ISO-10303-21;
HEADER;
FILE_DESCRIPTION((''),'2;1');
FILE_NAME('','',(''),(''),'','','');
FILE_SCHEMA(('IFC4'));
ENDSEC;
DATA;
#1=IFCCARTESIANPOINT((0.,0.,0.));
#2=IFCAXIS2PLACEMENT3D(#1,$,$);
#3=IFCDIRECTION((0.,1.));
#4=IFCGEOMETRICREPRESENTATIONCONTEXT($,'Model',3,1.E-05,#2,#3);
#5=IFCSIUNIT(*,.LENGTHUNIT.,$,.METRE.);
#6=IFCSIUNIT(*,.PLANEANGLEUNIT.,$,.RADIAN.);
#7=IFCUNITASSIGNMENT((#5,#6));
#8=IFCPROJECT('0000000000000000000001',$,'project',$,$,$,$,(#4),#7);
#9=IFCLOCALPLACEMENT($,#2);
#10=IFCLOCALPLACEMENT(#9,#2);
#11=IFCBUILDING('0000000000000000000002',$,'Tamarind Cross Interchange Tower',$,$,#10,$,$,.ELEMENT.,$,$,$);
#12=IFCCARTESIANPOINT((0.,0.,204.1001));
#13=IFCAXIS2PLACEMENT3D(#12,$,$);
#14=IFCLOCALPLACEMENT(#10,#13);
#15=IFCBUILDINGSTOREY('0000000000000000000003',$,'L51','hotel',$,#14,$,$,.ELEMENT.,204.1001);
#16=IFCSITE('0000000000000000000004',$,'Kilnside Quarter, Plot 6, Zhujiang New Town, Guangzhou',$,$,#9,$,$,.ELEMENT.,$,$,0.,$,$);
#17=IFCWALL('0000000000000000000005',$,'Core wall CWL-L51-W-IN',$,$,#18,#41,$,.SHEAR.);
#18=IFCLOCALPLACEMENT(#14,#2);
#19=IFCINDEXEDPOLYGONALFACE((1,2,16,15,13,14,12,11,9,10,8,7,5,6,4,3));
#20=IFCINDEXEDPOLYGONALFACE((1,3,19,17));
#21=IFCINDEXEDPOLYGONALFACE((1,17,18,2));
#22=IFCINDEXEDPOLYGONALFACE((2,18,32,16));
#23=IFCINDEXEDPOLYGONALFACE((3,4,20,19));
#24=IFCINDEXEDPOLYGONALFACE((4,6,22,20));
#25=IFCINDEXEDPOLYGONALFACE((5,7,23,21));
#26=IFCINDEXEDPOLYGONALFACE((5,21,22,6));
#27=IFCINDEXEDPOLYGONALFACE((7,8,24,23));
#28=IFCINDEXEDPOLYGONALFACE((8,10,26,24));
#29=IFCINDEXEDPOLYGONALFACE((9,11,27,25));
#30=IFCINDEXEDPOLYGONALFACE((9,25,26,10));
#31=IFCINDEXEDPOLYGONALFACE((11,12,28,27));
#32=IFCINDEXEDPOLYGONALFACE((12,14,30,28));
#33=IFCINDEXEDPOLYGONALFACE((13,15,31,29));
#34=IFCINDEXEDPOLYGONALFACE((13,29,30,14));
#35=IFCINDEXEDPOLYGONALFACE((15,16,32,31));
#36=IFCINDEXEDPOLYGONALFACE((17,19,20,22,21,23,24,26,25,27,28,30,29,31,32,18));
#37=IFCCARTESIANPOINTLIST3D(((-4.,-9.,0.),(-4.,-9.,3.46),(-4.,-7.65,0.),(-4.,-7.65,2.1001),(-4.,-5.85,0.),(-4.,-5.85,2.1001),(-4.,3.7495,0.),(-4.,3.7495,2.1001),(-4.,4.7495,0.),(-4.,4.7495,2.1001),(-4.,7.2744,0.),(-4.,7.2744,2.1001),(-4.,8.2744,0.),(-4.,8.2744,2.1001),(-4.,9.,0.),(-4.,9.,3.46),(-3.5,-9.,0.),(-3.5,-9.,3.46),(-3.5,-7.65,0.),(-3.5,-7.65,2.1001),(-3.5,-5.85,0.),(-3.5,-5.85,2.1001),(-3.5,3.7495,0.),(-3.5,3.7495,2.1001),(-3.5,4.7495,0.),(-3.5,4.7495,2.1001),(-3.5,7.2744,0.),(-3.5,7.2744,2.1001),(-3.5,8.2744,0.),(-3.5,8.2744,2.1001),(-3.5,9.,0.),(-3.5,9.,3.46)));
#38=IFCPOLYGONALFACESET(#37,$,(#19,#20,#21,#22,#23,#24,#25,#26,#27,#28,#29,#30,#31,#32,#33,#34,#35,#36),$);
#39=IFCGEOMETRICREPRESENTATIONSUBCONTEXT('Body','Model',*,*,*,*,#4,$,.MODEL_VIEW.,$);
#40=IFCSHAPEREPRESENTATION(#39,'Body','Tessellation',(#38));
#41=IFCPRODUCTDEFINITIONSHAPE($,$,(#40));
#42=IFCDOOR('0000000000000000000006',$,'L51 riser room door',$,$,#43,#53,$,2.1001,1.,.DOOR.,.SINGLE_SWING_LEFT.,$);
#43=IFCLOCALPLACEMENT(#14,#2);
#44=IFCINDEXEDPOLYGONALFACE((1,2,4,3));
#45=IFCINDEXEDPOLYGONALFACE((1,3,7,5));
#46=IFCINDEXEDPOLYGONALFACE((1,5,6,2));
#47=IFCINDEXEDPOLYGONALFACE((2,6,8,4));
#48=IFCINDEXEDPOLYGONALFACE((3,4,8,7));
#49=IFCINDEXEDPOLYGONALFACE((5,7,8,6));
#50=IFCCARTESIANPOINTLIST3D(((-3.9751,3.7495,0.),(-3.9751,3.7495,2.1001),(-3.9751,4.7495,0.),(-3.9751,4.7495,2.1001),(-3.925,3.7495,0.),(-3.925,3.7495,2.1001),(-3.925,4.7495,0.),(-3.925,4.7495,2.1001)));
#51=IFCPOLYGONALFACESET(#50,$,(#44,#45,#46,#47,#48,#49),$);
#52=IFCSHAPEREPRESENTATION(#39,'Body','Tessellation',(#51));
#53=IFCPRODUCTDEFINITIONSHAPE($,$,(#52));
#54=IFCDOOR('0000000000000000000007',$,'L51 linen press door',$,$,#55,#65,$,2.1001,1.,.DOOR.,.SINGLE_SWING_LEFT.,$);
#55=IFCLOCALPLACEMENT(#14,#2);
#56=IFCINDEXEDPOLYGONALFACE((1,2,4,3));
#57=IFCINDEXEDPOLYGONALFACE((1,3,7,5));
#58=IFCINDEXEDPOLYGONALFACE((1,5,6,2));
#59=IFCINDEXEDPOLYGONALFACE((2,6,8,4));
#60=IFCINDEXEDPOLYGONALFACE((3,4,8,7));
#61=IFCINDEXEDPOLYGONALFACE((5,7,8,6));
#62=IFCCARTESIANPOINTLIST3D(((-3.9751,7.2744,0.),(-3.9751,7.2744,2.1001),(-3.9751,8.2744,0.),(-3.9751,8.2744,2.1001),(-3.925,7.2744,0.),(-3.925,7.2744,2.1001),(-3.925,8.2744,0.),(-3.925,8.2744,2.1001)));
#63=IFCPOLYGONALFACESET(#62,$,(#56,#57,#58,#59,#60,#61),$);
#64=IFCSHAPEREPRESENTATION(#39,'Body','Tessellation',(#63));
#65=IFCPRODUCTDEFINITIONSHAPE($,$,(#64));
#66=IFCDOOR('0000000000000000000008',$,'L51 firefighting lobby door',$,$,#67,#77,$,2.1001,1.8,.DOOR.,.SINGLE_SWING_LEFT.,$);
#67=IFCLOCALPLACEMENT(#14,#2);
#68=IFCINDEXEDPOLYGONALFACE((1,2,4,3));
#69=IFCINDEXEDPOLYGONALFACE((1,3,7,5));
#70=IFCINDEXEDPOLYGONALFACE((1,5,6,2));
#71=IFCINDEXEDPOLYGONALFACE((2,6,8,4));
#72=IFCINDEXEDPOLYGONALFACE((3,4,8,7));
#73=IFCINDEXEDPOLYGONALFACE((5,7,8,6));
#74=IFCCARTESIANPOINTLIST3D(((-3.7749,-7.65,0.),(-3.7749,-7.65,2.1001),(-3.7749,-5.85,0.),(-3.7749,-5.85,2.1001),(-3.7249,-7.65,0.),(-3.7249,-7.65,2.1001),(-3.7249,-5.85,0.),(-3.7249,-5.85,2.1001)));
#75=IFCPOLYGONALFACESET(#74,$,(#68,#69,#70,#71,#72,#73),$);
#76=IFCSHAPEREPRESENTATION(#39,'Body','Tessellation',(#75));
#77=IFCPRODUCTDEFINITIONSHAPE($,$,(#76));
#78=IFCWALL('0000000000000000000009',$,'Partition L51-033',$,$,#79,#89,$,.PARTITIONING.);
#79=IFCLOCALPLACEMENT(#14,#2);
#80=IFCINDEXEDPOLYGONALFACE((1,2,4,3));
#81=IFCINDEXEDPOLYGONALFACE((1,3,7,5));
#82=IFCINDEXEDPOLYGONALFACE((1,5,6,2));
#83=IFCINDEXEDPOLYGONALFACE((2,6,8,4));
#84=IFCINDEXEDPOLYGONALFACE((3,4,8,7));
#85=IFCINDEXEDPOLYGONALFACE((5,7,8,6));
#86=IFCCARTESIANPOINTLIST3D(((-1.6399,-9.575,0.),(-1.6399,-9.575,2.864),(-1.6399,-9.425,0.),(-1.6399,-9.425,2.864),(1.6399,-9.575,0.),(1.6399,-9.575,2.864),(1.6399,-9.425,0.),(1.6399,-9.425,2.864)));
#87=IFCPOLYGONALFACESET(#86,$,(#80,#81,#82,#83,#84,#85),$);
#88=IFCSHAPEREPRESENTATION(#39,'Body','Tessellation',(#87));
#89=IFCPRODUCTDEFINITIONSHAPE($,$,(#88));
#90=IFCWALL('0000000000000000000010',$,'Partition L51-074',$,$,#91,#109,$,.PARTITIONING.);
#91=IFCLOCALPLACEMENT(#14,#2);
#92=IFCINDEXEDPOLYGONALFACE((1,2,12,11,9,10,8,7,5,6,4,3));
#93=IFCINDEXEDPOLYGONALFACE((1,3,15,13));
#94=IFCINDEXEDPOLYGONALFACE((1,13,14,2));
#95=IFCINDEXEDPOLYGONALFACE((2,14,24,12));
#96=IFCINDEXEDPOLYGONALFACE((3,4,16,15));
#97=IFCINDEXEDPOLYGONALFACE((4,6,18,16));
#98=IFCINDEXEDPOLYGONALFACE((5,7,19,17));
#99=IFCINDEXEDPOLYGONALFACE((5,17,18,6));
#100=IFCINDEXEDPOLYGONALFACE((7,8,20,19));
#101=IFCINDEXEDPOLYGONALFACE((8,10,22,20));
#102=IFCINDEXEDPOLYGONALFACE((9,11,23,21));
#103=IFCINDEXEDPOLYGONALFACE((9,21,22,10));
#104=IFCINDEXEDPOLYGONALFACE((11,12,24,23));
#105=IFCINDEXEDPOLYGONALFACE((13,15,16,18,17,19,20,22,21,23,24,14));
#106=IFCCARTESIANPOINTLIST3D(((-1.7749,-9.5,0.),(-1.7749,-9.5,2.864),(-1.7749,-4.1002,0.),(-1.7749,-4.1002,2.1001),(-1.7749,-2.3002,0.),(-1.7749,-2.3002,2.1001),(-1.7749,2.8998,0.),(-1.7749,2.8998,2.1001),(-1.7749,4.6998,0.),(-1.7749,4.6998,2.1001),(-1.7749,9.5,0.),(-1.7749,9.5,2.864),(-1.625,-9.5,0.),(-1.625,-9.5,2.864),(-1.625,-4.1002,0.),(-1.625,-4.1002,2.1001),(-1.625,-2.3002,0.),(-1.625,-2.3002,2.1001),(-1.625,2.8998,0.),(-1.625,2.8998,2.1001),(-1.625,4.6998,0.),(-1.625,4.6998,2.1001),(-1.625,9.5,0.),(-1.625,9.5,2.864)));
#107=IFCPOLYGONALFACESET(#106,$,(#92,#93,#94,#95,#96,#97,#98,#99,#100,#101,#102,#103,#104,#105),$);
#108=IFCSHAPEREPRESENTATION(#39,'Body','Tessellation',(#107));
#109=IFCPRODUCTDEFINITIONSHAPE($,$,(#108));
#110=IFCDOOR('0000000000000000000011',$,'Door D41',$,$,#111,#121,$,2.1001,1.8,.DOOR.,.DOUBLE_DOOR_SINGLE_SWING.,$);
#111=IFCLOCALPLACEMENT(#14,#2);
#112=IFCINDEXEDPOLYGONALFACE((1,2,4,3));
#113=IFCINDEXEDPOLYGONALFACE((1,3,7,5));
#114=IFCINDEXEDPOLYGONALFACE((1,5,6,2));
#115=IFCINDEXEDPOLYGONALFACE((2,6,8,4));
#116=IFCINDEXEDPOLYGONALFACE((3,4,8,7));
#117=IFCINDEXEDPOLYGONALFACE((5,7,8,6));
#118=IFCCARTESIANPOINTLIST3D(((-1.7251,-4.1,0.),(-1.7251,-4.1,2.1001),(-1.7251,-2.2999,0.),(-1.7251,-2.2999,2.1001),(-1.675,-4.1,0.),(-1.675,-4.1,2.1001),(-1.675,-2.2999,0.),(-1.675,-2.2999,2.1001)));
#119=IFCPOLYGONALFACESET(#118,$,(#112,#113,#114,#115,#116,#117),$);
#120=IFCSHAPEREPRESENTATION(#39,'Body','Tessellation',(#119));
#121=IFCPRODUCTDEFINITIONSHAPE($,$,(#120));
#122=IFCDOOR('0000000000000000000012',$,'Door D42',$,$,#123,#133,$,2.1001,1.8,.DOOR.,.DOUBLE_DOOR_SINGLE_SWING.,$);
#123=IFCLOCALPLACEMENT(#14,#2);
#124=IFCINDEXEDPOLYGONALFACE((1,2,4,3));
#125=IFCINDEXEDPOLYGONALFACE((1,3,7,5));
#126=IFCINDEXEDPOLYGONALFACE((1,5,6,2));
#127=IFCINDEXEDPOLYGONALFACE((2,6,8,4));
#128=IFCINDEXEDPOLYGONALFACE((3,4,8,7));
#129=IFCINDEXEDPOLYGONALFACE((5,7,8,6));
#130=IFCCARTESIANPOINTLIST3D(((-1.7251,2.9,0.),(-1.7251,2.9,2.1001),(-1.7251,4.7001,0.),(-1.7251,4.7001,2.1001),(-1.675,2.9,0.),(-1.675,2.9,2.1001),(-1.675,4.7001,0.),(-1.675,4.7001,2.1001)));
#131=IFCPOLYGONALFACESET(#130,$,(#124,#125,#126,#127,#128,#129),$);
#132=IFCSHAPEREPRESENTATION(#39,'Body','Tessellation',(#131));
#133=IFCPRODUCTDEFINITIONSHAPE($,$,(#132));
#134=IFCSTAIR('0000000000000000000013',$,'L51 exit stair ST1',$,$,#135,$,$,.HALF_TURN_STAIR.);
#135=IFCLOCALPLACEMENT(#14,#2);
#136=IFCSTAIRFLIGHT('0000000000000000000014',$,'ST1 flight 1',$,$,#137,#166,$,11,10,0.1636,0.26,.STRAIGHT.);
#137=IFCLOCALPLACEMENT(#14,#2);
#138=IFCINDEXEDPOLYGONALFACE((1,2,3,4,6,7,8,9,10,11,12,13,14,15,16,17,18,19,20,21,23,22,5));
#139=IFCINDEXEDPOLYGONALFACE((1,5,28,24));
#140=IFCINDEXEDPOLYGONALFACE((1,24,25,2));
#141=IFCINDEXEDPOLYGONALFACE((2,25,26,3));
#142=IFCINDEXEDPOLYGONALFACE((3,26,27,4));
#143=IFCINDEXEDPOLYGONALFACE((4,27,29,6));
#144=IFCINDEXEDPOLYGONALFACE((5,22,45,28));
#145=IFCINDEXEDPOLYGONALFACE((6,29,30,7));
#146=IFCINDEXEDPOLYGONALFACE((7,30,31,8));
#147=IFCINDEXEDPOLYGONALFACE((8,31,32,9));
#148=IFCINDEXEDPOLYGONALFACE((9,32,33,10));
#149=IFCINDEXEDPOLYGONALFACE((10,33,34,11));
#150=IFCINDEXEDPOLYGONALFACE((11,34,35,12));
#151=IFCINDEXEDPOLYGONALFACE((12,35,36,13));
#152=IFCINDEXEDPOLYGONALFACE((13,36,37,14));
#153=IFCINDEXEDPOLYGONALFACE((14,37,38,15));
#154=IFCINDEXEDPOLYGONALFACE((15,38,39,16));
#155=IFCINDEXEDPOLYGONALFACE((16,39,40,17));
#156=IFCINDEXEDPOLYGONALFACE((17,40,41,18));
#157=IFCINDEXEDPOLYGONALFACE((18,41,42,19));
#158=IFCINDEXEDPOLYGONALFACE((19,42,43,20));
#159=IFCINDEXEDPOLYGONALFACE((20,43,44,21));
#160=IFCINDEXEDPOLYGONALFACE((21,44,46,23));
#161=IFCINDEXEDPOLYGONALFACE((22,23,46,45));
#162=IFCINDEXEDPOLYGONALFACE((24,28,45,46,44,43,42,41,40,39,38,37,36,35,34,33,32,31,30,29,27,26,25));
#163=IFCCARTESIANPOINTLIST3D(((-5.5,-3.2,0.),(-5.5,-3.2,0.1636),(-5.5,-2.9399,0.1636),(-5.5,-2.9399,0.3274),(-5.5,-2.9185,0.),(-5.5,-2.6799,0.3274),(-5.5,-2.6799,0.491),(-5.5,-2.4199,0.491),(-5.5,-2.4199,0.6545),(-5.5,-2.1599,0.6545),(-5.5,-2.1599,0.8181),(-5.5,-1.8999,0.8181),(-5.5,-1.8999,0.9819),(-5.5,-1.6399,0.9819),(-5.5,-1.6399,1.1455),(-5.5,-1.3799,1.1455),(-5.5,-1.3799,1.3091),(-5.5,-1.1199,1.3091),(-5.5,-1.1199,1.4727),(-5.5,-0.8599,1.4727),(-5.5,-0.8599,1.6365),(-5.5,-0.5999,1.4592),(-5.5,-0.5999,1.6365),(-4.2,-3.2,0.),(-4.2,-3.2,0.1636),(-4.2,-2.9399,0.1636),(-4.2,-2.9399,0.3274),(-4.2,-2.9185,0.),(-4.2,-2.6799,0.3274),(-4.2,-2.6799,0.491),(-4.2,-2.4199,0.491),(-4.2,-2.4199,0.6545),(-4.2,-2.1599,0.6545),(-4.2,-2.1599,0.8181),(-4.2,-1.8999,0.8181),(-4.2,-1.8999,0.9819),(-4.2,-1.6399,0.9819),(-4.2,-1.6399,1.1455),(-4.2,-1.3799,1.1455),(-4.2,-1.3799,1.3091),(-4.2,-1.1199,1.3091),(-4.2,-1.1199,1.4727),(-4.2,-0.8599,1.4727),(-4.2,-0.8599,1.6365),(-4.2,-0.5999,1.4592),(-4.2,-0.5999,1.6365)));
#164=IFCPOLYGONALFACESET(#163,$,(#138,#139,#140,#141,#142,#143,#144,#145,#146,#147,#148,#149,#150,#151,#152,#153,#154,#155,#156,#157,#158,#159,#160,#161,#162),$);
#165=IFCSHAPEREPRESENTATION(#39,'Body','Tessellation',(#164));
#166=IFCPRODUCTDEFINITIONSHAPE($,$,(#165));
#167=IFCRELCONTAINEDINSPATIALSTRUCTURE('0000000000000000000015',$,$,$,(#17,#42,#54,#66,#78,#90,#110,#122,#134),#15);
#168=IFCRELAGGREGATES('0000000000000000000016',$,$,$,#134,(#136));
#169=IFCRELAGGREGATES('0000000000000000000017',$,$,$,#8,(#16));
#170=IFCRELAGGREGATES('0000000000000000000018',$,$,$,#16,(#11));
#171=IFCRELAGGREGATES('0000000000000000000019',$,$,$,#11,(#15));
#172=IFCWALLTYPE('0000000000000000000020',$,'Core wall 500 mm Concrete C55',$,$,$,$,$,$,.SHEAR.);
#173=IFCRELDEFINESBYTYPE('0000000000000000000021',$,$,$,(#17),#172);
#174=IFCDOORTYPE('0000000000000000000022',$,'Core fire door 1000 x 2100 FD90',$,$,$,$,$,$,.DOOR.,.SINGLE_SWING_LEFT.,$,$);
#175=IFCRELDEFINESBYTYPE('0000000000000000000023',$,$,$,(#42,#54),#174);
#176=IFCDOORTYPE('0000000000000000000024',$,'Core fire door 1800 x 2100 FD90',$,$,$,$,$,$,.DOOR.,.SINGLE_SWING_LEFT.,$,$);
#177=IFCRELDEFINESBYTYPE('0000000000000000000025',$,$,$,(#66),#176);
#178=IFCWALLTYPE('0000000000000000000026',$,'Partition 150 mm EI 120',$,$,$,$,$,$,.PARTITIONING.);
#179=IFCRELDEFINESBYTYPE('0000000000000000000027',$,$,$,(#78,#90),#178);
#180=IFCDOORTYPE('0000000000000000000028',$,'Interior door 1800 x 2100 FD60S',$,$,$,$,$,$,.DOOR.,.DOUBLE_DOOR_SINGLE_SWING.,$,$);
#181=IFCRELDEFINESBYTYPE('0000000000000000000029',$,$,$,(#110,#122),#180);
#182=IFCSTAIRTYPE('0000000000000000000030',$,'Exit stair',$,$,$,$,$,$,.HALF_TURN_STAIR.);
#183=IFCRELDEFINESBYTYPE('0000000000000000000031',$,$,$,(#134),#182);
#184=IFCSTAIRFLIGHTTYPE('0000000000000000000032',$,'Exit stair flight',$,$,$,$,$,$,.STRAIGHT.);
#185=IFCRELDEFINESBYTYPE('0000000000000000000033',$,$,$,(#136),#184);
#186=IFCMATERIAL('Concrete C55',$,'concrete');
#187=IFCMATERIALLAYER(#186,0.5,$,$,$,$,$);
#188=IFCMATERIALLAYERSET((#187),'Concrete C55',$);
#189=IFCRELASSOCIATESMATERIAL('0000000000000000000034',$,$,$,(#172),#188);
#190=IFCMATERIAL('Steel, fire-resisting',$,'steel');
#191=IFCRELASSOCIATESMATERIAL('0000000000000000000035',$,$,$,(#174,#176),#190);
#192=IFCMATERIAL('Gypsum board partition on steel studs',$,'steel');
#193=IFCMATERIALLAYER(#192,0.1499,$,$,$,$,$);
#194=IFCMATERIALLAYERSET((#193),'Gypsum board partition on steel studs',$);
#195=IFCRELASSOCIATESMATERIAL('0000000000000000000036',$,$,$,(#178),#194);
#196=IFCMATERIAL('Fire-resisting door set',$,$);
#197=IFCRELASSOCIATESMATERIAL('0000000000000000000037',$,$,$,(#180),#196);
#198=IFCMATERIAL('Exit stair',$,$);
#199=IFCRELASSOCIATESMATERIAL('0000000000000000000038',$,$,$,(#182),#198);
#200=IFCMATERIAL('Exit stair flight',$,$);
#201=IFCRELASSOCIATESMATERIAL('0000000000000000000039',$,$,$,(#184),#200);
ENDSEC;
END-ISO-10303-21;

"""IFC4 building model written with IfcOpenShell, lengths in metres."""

from ifc_helpers import new_model, si_unit, direction, frame, frame_2d, origin, place, context, subcontext, project, spatial, polyline, rectangle, outline, extrude, material, layer, layer_set, type_object, element, fill, aggregate, save


model = new_model("IFC4")

# Units and contexts
model_context = context("Model", 3, precision=1e-05, world=origin(), true_north=direction((0.0, 1.0)))
body_context = subcontext(model_context, "Body", "Model", "MODEL_VIEW")
ifc_project = project(units=[si_unit("LENGTHUNIT", "METRE"), si_unit("PLANEANGLEUNIT", "RADIAN")], contexts=[model_context])

# Site, building, storey
site_placement = place(None, origin())
site = spatial("IfcSite", under=ifc_project, at=site_placement, Name="Kilnside Quarter, Plot 6, Zhujiang New Town, Guangzhou", CompositionType="ELEMENT", RefElevation=0.0)
building_placement = place(site_placement, origin())
building = spatial("IfcBuilding", under=site, at=building_placement, Name="Tamarind Cross Interchange Tower", CompositionType="ELEMENT")
storey_placement = place(building_placement, frame((0.0, 0.0, 204.1001)))
storey = spatial("IfcBuildingStorey", under=building, at=storey_placement, Name="L51", Description="hotel", CompositionType="ELEMENT", Elevation=204.1001)

# Wall, openings, doors
ifc_material_1 = material(Name="Concrete C55", Category="concrete")
ifc_layer_1 = layer(ifc_material_1, 0.5)
ifc_layer_set_1 = layer_set([ifc_layer_1], Name="Concrete C55")
wall_type_1 = type_object("IfcWallType", Name="Core wall 500 mm Concrete C55", PredefinedType="SHEAR", material=ifc_layer_set_1)
wall_1_placement = place(storey_placement, frame((-3.75, -9.0, 0.0), z_axis=(0.0, 0.0, 1.0), x_axis=(0.0, 1.0, 0.0)))
wall_1 = element("IfcWall", 1, at=wall_1_placement, inside=storey, type_object=wall_type_1, Name="Core wall CWL-L51-W-IN", PredefinedType="SHEAR", context=body_context, shape_type="SweptSolid", body=[
    extrude(rectangle(XDim=18.0, YDim=0.5, at=frame_2d((9.0, 0.0))), origin(), (0.0, 0.0, 1.0), 3.46),
])
opening_1_placement = place(wall_1_placement, frame((1.3501, 0.0, 0.0)))
opening_1 = element("IfcOpeningElement", 2, at=opening_1_placement, cuts=wall_1, PredefinedType="OPENING", context=body_context, shape_type="SweptSolid", body=[
    extrude(rectangle(XDim=1.8, YDim=2.1001, at=frame_2d((0.8999, 1.05))), frame((0.0, 0.26, 0.0), z_axis=(0.0, -1.0, 0.0), x_axis=(1.0, 0.0, 0.0)), (0.0, 0.0, 1.0), 0.52),
])
opening_2_placement = place(wall_1_placement, frame((12.7495, 0.0, 0.0)))
opening_2 = element("IfcOpeningElement", 3, at=opening_2_placement, cuts=wall_1, PredefinedType="OPENING", context=body_context, shape_type="SweptSolid", body=[
    extrude(rectangle(XDim=1.0, YDim=2.1001, at=frame_2d((0.5, 1.05))), frame((0.0, 0.26, 0.0), z_axis=(0.0, -1.0, 0.0), x_axis=(1.0, 0.0, 0.0)), (0.0, 0.0, 1.0), 0.52),
])
opening_3_placement = place(wall_1_placement, frame((16.2744, 0.0, 0.0)))
opening_3 = element("IfcOpeningElement", 4, at=opening_3_placement, cuts=wall_1, PredefinedType="OPENING", context=body_context, shape_type="SweptSolid", body=[
    extrude(rectangle(XDim=1.0, YDim=2.1001, at=frame_2d((0.5, 1.05))), frame((0.0, 0.26, 0.0), z_axis=(0.0, -1.0, 0.0), x_axis=(1.0, 0.0, 0.0)), (0.0, 0.0, 1.0), 0.52),
])
ifc_material_2 = material(Name="Steel, fire-resisting", Category="steel")
door_type_1 = type_object("IfcDoorType", Name="Core fire door 1000 x 2100 FD90", OperationType="SINGLE_SWING_LEFT", PredefinedType="DOOR", material=ifc_material_2)
door_1_placement = place(opening_2_placement, origin())
door_1 = element("IfcDoor", 5, at=door_1_placement, inside=storey, type_object=door_type_1, Name="L51 riser room door", OperationType="SINGLE_SWING_LEFT", OverallHeight=2.1001, OverallWidth=1.0, PredefinedType="DOOR", context=body_context, shape_type="SweptSolid", body=[
    extrude(rectangle(XDim=1.0, YDim=2.1001, at=frame_2d((0.5, 1.05))), frame((0.0, 0.2251, 0.0), z_axis=(0.0, -1.0, 0.0), x_axis=(1.0, 0.0, 0.0)), (0.0, 0.0, 1.0), 0.05),
])
fill(opening_2, door_1)
door_2_placement = place(opening_3_placement, origin())
door_2 = element("IfcDoor", 6, at=door_2_placement, inside=storey, type_object=door_type_1, Name="L51 linen press door", OperationType="SINGLE_SWING_LEFT", OverallHeight=2.1001, OverallWidth=1.0, PredefinedType="DOOR", context=body_context, shape_type="SweptSolid", body=[
    extrude(rectangle(XDim=1.0, YDim=2.1001, at=frame_2d((0.5, 1.05))), frame((0.0, 0.2251, 0.0), z_axis=(0.0, -1.0, 0.0), x_axis=(1.0, 0.0, 0.0)), (0.0, 0.0, 1.0), 0.05),
])
fill(opening_3, door_2)
door_type_2 = type_object("IfcDoorType", Name="Core fire door 1800 x 2100 FD90", OperationType="SINGLE_SWING_LEFT", PredefinedType="DOOR", material=ifc_material_2)
door_3_placement = place(opening_1_placement, origin())
door_3 = element("IfcDoor", 7, at=door_3_placement, inside=storey, type_object=door_type_2, Name="L51 firefighting lobby door", OperationType="SINGLE_SWING_LEFT", OverallHeight=2.1001, OverallWidth=1.8, PredefinedType="DOOR", context=body_context, shape_type="SweptSolid", body=[
    extrude(rectangle(XDim=1.8, YDim=2.1001, at=frame_2d((0.8999, 1.05))), frame((0.0, 0.0249, 0.0), z_axis=(0.0, -1.0, 0.0), x_axis=(1.0, 0.0, 0.0)), (0.0, 0.0, 1.0), 0.05),
])
fill(opening_1, door_3)

# Wall
ifc_material_3 = material(Name="Gypsum board partition on steel studs", Category="steel")
ifc_layer_2 = layer(ifc_material_3, 0.1499)
ifc_layer_set_2 = layer_set([ifc_layer_2], Name="Gypsum board partition on steel studs")
wall_type_2 = type_object("IfcWallType", Name="Partition 150 mm EI 120", PredefinedType="PARTITIONING", material=ifc_layer_set_2)
wall_2_placement = place(storey_placement, frame((-1.6399, -9.5, 0.0), z_axis=(0.0, 0.0, 1.0), x_axis=(1.0, 0.0, 0.0)))
element("IfcWall", 8, at=wall_2_placement, inside=storey, type_object=wall_type_2, Name="Partition L51-033", PredefinedType="PARTITIONING", context=body_context, shape_type="SweptSolid", body=[
    extrude(rectangle(XDim=3.2798, YDim=0.1499, at=frame_2d((1.6399, 0.0))), origin(), (0.0, 0.0, 1.0), 2.864),
])

# Wall, openings, doors
wall_3_placement = place(storey_placement, frame((-1.7, -9.5, 0.0), z_axis=(0.0, 0.0, 1.0), x_axis=(0.0, 1.0, 0.0)))
wall_3 = element("IfcWall", 9, at=wall_3_placement, inside=storey, type_object=wall_type_2, Name="Partition L51-074", PredefinedType="PARTITIONING", context=body_context, shape_type="SweptSolid", body=[
    extrude(rectangle(XDim=19.0, YDim=0.1499, at=frame_2d((9.5, 0.0))), origin(), (0.0, 0.0, 1.0), 2.864),
])
opening_4_placement = place(wall_3_placement, frame((5.3999, 0.0, 0.0)))
opening_4 = element("IfcOpeningElement", 10, at=opening_4_placement, cuts=wall_3, PredefinedType="OPENING", context=body_context, shape_type="SweptSolid", body=[
    extrude(rectangle(XDim=1.8, YDim=2.1001, at=frame_2d((0.8999, 1.05))), frame((0.0, 0.085, 0.0), z_axis=(0.0, -1.0, 0.0), x_axis=(1.0, 0.0, 0.0)), (0.0, 0.0, 1.0), 0.1699),
])
opening_5_placement = place(wall_3_placement, frame((12.3999, 0.0, 0.0)))
opening_5 = element("IfcOpeningElement", 11, at=opening_5_placement, cuts=wall_3, PredefinedType="OPENING", context=body_context, shape_type="SweptSolid", body=[
    extrude(rectangle(XDim=1.8, YDim=2.1001, at=frame_2d((0.8999, 1.05))), frame((0.0, 0.085, 0.0), z_axis=(0.0, -1.0, 0.0), x_axis=(1.0, 0.0, 0.0)), (0.0, 0.0, 1.0), 0.1699),
])
ifc_material_4 = material(Name="Fire-resisting door set")
door_type_3 = type_object("IfcDoorType", Name="Interior door 1800 x 2100 FD60S", OperationType="DOUBLE_DOOR_SINGLE_SWING", PredefinedType="DOOR", material=ifc_material_4)
door_4_placement = place(opening_4_placement, frame((1.8, 0.0, 0.0), z_axis=(0.0, 0.0, 1.0), x_axis=(-1.0, 0.0, 0.0)))
door_4 = element("IfcDoor", 12, at=door_4_placement, inside=storey, type_object=door_type_3, Name="Door D41", OperationType="DOUBLE_DOOR_SINGLE_SWING", OverallHeight=2.1001, OverallWidth=1.8, PredefinedType="DOOR", context=body_context, shape_type="SweptSolid", body=[
    extrude(rectangle(XDim=1.8, YDim=2.1001, at=frame_2d((0.8999, 1.05))), frame((0.0, 0.0249, 0.0), z_axis=(0.0, -1.0, 0.0), x_axis=(1.0, 0.0, 0.0)), (0.0, 0.0, 1.0), 0.05),
])
fill(opening_4, door_4)
door_5_placement = place(opening_5_placement, frame((1.8, 0.0, 0.0), z_axis=(0.0, 0.0, 1.0), x_axis=(-1.0, 0.0, 0.0)))
door_5 = element("IfcDoor", 13, at=door_5_placement, inside=storey, type_object=door_type_3, Name="Door D42", OperationType="DOUBLE_DOOR_SINGLE_SWING", OverallHeight=2.1001, OverallWidth=1.8, PredefinedType="DOOR", context=body_context, shape_type="SweptSolid", body=[
    extrude(rectangle(XDim=1.8, YDim=2.1001, at=frame_2d((0.8999, 1.05))), frame((0.0, 0.0249, 0.0), z_axis=(0.0, -1.0, 0.0), x_axis=(1.0, 0.0, 0.0)), (0.0, 0.0, 1.0), 0.05),
])
fill(opening_5, door_5)

# Stair, stair flight
ifc_material_5 = material(Name="Exit stair")
stair_type = type_object("IfcStairType", Name="Exit stair", PredefinedType="HALF_TURN_STAIR", material=ifc_material_5)
stair_placement = place(storey_placement, origin())
stair = element("IfcStair", 14, at=stair_placement, inside=storey, type_object=stair_type, Name="L51 exit stair ST1", PredefinedType="HALF_TURN_STAIR")
ifc_material_6 = material(Name="Exit stair flight")
stair_flight_type = type_object("IfcStairFlightType", Name="Exit stair flight", PredefinedType="STRAIGHT", material=ifc_material_6)
stair_flight_1_placement = place(storey_placement, frame((-4.8501, -3.2, 0.0), z_axis=(0.0, 0.0, 1.0), x_axis=(0.0, 1.0, 0.0)))
stair_flight_1 = element("IfcStairFlight", 15, at=stair_flight_1_placement, type_object=stair_flight_type, Name="ST1 flight 1", NumberOfRisers=11, NumberOfTreads=10, PredefinedType="STRAIGHT", RiserHeight=0.1636, TreadLength=0.26, context=body_context, shape_type="SweptSolid", body=[
    extrude(outline(polyline([(0.0, 0.0), (0.0, 0.1636), (0.26, 0.1636), (0.26, 0.3274), (0.52, 0.3274), (0.52, 0.491), (0.78, 0.491), (0.78, 0.6545), (1.04, 0.6545), (1.04, 0.8181), (1.3, 0.8181), (1.3, 0.9819), (1.5601, 0.9819), (1.5601, 1.1455), (1.8201, 1.1455), (1.8201, 1.3091), (2.0801, 1.3091), (2.0801, 1.4727), (2.3401, 1.4727), (2.3401, 1.6365), (2.6001, 1.6365), (2.6001, 1.8), (2.6001, 1.4592), (0.2815, 0.0), (0.0, 0.0)])), frame((0.0, 0.6499, 0.0), z_axis=(0.0, -1.0, 0.0), x_axis=(1.0, 0.0, 0.0)), (0.0, 0.0, 1.0), 1.3),
])
aggregate(stair, [stair_flight_1])

save(model, "model.ifc")
